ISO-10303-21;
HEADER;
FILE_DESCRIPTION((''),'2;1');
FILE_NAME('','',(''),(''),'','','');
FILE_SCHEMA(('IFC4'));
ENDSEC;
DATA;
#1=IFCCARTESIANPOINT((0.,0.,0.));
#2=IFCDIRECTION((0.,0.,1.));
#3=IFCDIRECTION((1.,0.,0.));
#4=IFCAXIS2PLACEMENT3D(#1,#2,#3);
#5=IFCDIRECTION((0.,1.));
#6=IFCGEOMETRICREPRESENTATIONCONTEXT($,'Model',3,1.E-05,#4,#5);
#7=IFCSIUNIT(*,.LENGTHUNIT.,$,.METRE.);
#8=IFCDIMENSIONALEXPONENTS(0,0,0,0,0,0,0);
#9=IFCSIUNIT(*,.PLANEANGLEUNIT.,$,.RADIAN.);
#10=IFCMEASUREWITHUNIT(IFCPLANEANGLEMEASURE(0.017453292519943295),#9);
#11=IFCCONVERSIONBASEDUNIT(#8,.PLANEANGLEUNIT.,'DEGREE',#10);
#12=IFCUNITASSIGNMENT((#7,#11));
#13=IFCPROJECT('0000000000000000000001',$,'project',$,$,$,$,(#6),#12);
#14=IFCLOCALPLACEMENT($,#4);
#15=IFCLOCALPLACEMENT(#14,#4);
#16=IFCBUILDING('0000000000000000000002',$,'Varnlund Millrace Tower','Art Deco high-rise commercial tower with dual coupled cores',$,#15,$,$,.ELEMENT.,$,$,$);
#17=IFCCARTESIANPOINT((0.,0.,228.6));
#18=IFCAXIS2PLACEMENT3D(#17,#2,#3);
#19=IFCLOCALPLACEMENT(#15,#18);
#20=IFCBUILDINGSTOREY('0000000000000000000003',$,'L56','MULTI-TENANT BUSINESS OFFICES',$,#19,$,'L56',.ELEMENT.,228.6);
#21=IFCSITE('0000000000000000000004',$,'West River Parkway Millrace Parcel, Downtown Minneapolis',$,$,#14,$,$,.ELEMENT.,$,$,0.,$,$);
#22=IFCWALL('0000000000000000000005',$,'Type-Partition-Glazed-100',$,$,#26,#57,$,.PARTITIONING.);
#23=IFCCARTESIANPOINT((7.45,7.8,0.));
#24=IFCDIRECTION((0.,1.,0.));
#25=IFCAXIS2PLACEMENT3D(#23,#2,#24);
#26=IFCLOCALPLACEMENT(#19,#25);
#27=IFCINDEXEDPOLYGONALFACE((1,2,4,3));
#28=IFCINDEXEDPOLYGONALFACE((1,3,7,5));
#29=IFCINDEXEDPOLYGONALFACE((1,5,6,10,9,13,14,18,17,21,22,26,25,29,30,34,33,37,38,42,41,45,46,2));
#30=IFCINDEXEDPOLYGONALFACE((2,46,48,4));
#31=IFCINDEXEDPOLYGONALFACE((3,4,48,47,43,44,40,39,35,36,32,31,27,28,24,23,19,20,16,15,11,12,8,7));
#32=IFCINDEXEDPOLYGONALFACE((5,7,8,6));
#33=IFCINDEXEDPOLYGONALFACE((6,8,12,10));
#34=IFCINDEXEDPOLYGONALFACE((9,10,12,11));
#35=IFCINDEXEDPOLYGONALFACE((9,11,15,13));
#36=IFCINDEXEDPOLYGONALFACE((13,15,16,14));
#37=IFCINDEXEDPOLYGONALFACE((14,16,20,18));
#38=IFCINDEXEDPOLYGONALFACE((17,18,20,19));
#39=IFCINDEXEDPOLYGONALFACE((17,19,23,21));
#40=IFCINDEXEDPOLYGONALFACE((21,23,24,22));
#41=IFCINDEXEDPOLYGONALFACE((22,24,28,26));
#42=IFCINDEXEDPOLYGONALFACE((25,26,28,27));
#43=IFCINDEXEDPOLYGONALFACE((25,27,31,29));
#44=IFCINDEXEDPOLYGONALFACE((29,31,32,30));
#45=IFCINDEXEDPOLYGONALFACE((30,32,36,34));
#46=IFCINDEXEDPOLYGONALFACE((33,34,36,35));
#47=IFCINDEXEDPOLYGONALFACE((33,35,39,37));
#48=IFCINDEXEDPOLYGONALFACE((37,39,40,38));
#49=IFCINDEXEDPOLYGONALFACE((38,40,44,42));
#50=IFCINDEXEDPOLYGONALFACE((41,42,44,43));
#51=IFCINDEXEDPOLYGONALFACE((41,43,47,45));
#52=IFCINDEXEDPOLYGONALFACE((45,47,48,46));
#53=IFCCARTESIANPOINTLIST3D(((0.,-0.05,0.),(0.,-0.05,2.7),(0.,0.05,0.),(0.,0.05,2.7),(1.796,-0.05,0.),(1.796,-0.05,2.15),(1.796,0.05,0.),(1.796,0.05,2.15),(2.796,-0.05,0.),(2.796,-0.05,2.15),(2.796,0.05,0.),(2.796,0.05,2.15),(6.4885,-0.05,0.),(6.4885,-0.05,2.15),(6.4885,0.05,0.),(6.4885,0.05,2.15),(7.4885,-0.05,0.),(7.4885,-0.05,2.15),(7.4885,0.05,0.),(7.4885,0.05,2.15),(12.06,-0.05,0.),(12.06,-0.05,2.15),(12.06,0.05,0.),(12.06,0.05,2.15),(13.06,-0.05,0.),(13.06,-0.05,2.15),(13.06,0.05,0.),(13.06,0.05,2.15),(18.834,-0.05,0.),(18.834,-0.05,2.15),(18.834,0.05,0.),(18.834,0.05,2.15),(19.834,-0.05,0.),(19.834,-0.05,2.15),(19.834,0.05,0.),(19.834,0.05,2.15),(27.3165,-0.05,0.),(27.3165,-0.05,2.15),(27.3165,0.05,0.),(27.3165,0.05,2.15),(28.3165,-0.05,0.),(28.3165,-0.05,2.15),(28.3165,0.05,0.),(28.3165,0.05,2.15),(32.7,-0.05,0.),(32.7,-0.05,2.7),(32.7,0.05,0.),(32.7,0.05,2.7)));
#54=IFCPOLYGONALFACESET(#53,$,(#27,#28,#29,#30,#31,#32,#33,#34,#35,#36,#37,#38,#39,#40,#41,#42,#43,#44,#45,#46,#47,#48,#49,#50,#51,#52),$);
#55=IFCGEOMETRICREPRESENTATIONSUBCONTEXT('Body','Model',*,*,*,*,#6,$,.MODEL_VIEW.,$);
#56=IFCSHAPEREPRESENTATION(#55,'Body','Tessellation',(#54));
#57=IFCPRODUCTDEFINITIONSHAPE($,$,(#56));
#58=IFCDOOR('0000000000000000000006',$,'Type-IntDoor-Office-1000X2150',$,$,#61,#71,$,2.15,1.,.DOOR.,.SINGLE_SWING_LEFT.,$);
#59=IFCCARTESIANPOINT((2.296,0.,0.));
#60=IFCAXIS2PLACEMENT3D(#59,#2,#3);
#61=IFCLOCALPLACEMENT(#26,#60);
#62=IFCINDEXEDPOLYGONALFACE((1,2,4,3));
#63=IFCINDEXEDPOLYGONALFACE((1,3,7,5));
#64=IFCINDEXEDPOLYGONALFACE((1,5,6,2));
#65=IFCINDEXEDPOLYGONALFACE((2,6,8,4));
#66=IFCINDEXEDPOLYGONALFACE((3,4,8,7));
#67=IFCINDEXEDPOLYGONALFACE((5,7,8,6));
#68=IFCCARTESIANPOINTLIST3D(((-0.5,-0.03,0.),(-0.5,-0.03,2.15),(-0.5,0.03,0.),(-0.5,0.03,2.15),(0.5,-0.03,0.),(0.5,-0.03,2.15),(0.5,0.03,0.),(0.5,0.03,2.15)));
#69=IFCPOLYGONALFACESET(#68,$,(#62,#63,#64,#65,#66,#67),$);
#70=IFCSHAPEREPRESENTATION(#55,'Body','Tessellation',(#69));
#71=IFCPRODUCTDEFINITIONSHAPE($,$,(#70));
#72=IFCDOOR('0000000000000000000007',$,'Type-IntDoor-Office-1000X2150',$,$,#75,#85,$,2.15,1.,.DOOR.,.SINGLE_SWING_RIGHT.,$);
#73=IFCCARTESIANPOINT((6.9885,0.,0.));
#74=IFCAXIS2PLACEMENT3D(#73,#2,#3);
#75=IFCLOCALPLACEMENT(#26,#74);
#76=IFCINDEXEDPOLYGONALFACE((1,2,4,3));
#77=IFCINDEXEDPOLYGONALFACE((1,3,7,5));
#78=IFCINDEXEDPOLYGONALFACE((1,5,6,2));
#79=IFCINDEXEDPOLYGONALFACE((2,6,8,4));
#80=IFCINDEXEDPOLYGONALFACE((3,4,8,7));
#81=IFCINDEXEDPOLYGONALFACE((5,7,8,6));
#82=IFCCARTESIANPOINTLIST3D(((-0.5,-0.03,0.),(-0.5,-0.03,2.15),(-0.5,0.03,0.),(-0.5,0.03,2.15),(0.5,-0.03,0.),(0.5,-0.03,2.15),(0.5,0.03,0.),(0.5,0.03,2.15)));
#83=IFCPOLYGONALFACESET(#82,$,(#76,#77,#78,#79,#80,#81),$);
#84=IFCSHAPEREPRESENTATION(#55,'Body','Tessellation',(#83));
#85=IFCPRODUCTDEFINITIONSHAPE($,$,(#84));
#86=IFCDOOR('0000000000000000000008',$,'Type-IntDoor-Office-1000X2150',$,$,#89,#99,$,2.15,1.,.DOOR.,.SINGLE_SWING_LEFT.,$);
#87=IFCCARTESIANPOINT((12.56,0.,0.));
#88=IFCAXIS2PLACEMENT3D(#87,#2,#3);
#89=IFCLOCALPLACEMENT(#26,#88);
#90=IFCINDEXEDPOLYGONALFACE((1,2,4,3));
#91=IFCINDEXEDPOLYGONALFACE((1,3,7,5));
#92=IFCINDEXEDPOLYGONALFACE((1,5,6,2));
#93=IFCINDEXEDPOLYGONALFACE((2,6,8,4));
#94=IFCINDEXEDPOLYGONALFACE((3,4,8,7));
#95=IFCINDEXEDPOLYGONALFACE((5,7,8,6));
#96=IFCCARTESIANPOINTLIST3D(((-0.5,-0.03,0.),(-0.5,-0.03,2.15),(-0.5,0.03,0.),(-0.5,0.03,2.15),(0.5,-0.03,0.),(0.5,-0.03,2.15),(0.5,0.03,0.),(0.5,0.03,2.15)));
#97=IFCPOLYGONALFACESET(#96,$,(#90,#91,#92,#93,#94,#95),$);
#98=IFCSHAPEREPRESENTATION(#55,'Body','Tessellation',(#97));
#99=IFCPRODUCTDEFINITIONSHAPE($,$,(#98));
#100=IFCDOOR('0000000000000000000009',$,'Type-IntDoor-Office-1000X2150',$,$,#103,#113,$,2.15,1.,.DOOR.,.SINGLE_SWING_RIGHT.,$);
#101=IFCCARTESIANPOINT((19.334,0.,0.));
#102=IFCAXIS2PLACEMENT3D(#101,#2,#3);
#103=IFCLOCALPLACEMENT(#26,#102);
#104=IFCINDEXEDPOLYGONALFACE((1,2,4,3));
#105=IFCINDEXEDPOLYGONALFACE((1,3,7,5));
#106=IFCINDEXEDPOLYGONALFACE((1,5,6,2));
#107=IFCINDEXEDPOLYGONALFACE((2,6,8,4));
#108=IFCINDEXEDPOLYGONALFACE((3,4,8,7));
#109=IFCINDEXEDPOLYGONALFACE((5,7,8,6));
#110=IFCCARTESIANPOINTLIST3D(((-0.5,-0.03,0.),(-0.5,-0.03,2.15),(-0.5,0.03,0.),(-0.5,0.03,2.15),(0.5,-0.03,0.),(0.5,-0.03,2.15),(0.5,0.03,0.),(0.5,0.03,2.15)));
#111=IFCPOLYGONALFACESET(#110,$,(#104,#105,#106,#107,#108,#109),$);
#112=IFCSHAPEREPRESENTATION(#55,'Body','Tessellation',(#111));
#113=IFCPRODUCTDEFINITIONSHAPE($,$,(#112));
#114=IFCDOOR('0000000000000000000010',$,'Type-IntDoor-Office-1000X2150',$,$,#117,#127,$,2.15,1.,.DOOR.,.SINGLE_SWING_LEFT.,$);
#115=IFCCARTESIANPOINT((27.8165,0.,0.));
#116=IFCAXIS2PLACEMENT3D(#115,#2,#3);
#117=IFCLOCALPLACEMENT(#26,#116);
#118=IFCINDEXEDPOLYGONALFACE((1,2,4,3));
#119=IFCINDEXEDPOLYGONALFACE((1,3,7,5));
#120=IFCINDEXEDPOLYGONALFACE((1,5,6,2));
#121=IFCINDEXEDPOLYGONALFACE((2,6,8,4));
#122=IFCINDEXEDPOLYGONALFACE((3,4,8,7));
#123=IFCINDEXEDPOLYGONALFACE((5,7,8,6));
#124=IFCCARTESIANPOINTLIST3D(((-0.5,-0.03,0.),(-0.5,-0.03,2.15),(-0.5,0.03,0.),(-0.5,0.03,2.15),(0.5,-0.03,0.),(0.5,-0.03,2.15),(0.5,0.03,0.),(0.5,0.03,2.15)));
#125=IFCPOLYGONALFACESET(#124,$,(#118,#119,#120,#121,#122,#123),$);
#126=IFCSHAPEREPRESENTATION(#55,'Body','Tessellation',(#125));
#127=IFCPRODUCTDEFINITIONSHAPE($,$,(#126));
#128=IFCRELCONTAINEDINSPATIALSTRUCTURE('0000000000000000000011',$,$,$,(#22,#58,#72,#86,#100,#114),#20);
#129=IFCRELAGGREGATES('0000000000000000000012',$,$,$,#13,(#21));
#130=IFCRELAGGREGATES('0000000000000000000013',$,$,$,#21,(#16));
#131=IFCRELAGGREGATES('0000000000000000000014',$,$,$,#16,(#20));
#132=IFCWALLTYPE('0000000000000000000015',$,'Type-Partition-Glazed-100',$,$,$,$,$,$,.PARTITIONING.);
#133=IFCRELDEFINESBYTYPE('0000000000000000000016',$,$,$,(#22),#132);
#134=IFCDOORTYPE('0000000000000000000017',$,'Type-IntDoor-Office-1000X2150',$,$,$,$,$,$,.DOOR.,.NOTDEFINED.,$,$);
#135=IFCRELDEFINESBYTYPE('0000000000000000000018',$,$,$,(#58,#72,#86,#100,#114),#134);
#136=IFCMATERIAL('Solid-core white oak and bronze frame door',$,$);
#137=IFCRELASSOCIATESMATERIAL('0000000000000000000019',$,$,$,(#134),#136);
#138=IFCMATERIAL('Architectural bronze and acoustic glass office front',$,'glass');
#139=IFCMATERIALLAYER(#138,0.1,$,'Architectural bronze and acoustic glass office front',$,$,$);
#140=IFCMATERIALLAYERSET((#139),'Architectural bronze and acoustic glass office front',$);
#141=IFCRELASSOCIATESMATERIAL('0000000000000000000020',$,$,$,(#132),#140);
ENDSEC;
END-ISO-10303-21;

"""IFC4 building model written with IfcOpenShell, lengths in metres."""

from ifc_helpers import new_model, entity, si_unit, converted_unit, direction, frame, origin_with_axes, origin_2d_with_axis, place, context, subcontext, project, spatial, polyline, rectangle, outline, extrude, material, layer, layer_set, type_object, element, fill, save


model = new_model("IFC4")

# Units and contexts
model_context = context("Model", 3, precision=1e-05, world=origin_with_axes(), true_north=direction((0.0, 1.0)))
body_context = subcontext(model_context, "Body", "Model", "MODEL_VIEW")
ifc_project = project(units=[si_unit("LENGTHUNIT", "METRE"), converted_unit("PLANEANGLEUNIT", "DEGREE", entity("IfcPlaneAngleMeasure", 0.017453292519943295), si_unit("PLANEANGLEUNIT", "RADIAN"), dimensions=[0, 0, 0, 0, 0, 0, 0])], contexts=[model_context])

# Site, building, storey
site_placement = place(None, origin_with_axes())
site = spatial("IfcSite", under=ifc_project, at=site_placement, Name="West River Parkway Millrace Parcel, Downtown Minneapolis", CompositionType="ELEMENT", RefElevation=0.0)
building_placement = place(site_placement, origin_with_axes())
building = spatial("IfcBuilding", under=site, at=building_placement, Name="Varnlund Millrace Tower", Description="Art Deco high-rise commercial tower with dual coupled cores", CompositionType="ELEMENT")
storey_placement = place(building_placement, frame((0.0, 0.0, 228.6), z_axis=(0.0, 0.0, 1.0), x_axis=(1.0, 0.0, 0.0)))
storey = spatial("IfcBuildingStorey", under=building, at=storey_placement, Name="L56", Description="MULTI-TENANT BUSINESS OFFICES", LongName="L56", CompositionType="ELEMENT", Elevation=228.6)

# Shared definitions
ifc_material_1 = material(Name="Solid-core white oak and bronze frame door")
door_type = type_object("IfcDoorType", Name="Type-IntDoor-Office-1000X2150", OperationType="NOTDEFINED", PredefinedType="DOOR", material=ifc_material_1)

# Wall, openings, doors
ifc_material_2 = material(Name="Architectural bronze and acoustic glass office front", Category="glass")
ifc_layer_1 = layer(ifc_material_2, 0.1, Name="Architectural bronze and acoustic glass office front")
ifc_layer_set_1 = layer_set([ifc_layer_1], Name="Architectural bronze and acoustic glass office front")
wall_type_1 = type_object("IfcWallType", Name="Type-Partition-Glazed-100", PredefinedType="PARTITIONING", material=ifc_layer_set_1)
wall_1_placement = place(storey_placement, frame((7.45, 7.8, 0.0), z_axis=(0.0, 0.0, 1.0), x_axis=(0.0, 1.0, 0.0)))
wall_1 = element("IfcWall", 1, at=wall_1_placement, inside=storey, type_object=wall_type_1, Name="Type-Partition-Glazed-100", PredefinedType="PARTITIONING", context=body_context, shape_type="SweptSolid", body=[
    extrude(outline(polyline([(0.0, -0.05), (32.7, -0.05), (32.7, 0.05), (0.0, 0.05), (0.0, -0.05)])), origin_with_axes(), (0.0, 0.0, 1.0), 2.7),
])
opening_1_placement = place(wall_1_placement, frame((2.296, 0.0, 0.0), z_axis=(0.0, 0.0, 1.0), x_axis=(1.0, 0.0, 0.0)))
opening_1 = element("IfcOpeningElement", 2, at=opening_1_placement, cuts=wall_1, PredefinedType="OPENING", context=body_context, shape_type="SweptSolid", body=[
    extrude(rectangle(XDim=1.0, YDim=0.12, at=origin_2d_with_axis()), origin_with_axes(), (0.0, 0.0, 1.0), 2.15),
])
opening_2_placement = place(wall_1_placement, frame((6.9885, 0.0, 0.0), z_axis=(0.0, 0.0, 1.0), x_axis=(1.0, 0.0, 0.0)))
opening_2 = element("IfcOpeningElement", 3, at=opening_2_placement, cuts=wall_1, PredefinedType="OPENING", context=body_context, shape_type="SweptSolid", body=[
    extrude(rectangle(XDim=1.0, YDim=0.12, at=origin_2d_with_axis()), origin_with_axes(), (0.0, 0.0, 1.0), 2.15),
])
opening_3_placement = place(wall_1_placement, frame((12.56, 0.0, 0.0), z_axis=(0.0, 0.0, 1.0), x_axis=(1.0, 0.0, 0.0)))
opening_3 = element("IfcOpeningElement", 4, at=opening_3_placement, cuts=wall_1, PredefinedType="OPENING", context=body_context, shape_type="SweptSolid", body=[
    extrude(rectangle(XDim=1.0, YDim=0.12, at=origin_2d_with_axis()), origin_with_axes(), (0.0, 0.0, 1.0), 2.15),
])
opening_4_placement = place(wall_1_placement, frame((19.334, 0.0, 0.0), z_axis=(0.0, 0.0, 1.0), x_axis=(1.0, 0.0, 0.0)))
opening_4 = element("IfcOpeningElement", 5, at=opening_4_placement, cuts=wall_1, PredefinedType="OPENING", context=body_context, shape_type="SweptSolid", body=[
    extrude(rectangle(XDim=1.0, YDim=0.12, at=origin_2d_with_axis()), origin_with_axes(), (0.0, 0.0, 1.0), 2.15),
])
opening_5_placement = place(wall_1_placement, frame((27.8165, 0.0, 0.0), z_axis=(0.0, 0.0, 1.0), x_axis=(1.0, 0.0, 0.0)))
opening_5 = element("IfcOpeningElement", 6, at=opening_5_placement, cuts=wall_1, PredefinedType="OPENING", context=body_context, shape_type="SweptSolid", body=[
    extrude(rectangle(XDim=1.0, YDim=0.12, at=origin_2d_with_axis()), origin_with_axes(), (0.0, 0.0, 1.0), 2.15),
])
door_1_placement = place(wall_1_placement, frame((2.296, 0.0, 0.0), z_axis=(0.0, 0.0, 1.0), x_axis=(1.0, 0.0, 0.0)))
door_1 = element("IfcDoor", 7, at=door_1_placement, inside=storey, type_object=door_type, Name="Type-IntDoor-Office-1000X2150", OperationType="SINGLE_SWING_LEFT", OverallHeight=2.15, OverallWidth=1.0, PredefinedType="DOOR", context=body_context, shape_type="SweptSolid", body=[
    extrude(rectangle(XDim=1.0, YDim=0.06, at=origin_2d_with_axis()), origin_with_axes(), (0.0, 0.0, 1.0), 2.15),
])
fill(opening_1, door_1)
door_2_placement = place(wall_1_placement, frame((6.9885, 0.0, 0.0), z_axis=(0.0, 0.0, 1.0), x_axis=(1.0, 0.0, 0.0)))
door_2 = element("IfcDoor", 8, at=door_2_placement, inside=storey, type_object=door_type, Name="Type-IntDoor-Office-1000X2150", OperationType="SINGLE_SWING_RIGHT", OverallHeight=2.15, OverallWidth=1.0, PredefinedType="DOOR", context=body_context, shape_type="SweptSolid", body=[
    extrude(rectangle(XDim=1.0, YDim=0.06, at=origin_2d_with_axis()), origin_with_axes(), (0.0, 0.0, 1.0), 2.15),
])
fill(opening_2, door_2)
door_3_placement = place(wall_1_placement, frame((12.56, 0.0, 0.0), z_axis=(0.0, 0.0, 1.0), x_axis=(1.0, 0.0, 0.0)))
door_3 = element("IfcDoor", 9, at=door_3_placement, inside=storey, type_object=door_type, Name="Type-IntDoor-Office-1000X2150", OperationType="SINGLE_SWING_LEFT", OverallHeight=2.15, OverallWidth=1.0, PredefinedType="DOOR", context=body_context, shape_type="SweptSolid", body=[
    extrude(rectangle(XDim=1.0, YDim=0.06, at=origin_2d_with_axis()), origin_with_axes(), (0.0, 0.0, 1.0), 2.15),
])
fill(opening_3, door_3)
door_4_placement = place(wall_1_placement, frame((19.334, 0.0, 0.0), z_axis=(0.0, 0.0, 1.0), x_axis=(1.0, 0.0, 0.0)))
door_4 = element("IfcDoor", 10, at=door_4_placement, inside=storey, type_object=door_type, Name="Type-IntDoor-Office-1000X2150", OperationType="SINGLE_SWING_RIGHT", OverallHeight=2.15, OverallWidth=1.0, PredefinedType="DOOR", context=body_context, shape_type="SweptSolid", body=[
    extrude(rectangle(XDim=1.0, YDim=0.06, at=origin_2d_with_axis()), origin_with_axes(), (0.0, 0.0, 1.0), 2.15),
])
fill(opening_4, door_4)
door_5_placement = place(wall_1_placement, frame((27.8165, 0.0, 0.0), z_axis=(0.0, 0.0, 1.0), x_axis=(1.0, 0.0, 0.0)))
door_5 = element("IfcDoor", 11, at=door_5_placement, inside=storey, type_object=door_type, Name="Type-IntDoor-Office-1000X2150", OperationType="SINGLE_SWING_LEFT", OverallHeight=2.15, OverallWidth=1.0, PredefinedType="DOOR", context=body_context, shape_type="SweptSolid", body=[
    extrude(rectangle(XDim=1.0, YDim=0.06, at=origin_2d_with_axis()), origin_with_axes(), (0.0, 0.0, 1.0), 2.15),
])
fill(opening_5, door_5)

save(model, "model.ifc")
